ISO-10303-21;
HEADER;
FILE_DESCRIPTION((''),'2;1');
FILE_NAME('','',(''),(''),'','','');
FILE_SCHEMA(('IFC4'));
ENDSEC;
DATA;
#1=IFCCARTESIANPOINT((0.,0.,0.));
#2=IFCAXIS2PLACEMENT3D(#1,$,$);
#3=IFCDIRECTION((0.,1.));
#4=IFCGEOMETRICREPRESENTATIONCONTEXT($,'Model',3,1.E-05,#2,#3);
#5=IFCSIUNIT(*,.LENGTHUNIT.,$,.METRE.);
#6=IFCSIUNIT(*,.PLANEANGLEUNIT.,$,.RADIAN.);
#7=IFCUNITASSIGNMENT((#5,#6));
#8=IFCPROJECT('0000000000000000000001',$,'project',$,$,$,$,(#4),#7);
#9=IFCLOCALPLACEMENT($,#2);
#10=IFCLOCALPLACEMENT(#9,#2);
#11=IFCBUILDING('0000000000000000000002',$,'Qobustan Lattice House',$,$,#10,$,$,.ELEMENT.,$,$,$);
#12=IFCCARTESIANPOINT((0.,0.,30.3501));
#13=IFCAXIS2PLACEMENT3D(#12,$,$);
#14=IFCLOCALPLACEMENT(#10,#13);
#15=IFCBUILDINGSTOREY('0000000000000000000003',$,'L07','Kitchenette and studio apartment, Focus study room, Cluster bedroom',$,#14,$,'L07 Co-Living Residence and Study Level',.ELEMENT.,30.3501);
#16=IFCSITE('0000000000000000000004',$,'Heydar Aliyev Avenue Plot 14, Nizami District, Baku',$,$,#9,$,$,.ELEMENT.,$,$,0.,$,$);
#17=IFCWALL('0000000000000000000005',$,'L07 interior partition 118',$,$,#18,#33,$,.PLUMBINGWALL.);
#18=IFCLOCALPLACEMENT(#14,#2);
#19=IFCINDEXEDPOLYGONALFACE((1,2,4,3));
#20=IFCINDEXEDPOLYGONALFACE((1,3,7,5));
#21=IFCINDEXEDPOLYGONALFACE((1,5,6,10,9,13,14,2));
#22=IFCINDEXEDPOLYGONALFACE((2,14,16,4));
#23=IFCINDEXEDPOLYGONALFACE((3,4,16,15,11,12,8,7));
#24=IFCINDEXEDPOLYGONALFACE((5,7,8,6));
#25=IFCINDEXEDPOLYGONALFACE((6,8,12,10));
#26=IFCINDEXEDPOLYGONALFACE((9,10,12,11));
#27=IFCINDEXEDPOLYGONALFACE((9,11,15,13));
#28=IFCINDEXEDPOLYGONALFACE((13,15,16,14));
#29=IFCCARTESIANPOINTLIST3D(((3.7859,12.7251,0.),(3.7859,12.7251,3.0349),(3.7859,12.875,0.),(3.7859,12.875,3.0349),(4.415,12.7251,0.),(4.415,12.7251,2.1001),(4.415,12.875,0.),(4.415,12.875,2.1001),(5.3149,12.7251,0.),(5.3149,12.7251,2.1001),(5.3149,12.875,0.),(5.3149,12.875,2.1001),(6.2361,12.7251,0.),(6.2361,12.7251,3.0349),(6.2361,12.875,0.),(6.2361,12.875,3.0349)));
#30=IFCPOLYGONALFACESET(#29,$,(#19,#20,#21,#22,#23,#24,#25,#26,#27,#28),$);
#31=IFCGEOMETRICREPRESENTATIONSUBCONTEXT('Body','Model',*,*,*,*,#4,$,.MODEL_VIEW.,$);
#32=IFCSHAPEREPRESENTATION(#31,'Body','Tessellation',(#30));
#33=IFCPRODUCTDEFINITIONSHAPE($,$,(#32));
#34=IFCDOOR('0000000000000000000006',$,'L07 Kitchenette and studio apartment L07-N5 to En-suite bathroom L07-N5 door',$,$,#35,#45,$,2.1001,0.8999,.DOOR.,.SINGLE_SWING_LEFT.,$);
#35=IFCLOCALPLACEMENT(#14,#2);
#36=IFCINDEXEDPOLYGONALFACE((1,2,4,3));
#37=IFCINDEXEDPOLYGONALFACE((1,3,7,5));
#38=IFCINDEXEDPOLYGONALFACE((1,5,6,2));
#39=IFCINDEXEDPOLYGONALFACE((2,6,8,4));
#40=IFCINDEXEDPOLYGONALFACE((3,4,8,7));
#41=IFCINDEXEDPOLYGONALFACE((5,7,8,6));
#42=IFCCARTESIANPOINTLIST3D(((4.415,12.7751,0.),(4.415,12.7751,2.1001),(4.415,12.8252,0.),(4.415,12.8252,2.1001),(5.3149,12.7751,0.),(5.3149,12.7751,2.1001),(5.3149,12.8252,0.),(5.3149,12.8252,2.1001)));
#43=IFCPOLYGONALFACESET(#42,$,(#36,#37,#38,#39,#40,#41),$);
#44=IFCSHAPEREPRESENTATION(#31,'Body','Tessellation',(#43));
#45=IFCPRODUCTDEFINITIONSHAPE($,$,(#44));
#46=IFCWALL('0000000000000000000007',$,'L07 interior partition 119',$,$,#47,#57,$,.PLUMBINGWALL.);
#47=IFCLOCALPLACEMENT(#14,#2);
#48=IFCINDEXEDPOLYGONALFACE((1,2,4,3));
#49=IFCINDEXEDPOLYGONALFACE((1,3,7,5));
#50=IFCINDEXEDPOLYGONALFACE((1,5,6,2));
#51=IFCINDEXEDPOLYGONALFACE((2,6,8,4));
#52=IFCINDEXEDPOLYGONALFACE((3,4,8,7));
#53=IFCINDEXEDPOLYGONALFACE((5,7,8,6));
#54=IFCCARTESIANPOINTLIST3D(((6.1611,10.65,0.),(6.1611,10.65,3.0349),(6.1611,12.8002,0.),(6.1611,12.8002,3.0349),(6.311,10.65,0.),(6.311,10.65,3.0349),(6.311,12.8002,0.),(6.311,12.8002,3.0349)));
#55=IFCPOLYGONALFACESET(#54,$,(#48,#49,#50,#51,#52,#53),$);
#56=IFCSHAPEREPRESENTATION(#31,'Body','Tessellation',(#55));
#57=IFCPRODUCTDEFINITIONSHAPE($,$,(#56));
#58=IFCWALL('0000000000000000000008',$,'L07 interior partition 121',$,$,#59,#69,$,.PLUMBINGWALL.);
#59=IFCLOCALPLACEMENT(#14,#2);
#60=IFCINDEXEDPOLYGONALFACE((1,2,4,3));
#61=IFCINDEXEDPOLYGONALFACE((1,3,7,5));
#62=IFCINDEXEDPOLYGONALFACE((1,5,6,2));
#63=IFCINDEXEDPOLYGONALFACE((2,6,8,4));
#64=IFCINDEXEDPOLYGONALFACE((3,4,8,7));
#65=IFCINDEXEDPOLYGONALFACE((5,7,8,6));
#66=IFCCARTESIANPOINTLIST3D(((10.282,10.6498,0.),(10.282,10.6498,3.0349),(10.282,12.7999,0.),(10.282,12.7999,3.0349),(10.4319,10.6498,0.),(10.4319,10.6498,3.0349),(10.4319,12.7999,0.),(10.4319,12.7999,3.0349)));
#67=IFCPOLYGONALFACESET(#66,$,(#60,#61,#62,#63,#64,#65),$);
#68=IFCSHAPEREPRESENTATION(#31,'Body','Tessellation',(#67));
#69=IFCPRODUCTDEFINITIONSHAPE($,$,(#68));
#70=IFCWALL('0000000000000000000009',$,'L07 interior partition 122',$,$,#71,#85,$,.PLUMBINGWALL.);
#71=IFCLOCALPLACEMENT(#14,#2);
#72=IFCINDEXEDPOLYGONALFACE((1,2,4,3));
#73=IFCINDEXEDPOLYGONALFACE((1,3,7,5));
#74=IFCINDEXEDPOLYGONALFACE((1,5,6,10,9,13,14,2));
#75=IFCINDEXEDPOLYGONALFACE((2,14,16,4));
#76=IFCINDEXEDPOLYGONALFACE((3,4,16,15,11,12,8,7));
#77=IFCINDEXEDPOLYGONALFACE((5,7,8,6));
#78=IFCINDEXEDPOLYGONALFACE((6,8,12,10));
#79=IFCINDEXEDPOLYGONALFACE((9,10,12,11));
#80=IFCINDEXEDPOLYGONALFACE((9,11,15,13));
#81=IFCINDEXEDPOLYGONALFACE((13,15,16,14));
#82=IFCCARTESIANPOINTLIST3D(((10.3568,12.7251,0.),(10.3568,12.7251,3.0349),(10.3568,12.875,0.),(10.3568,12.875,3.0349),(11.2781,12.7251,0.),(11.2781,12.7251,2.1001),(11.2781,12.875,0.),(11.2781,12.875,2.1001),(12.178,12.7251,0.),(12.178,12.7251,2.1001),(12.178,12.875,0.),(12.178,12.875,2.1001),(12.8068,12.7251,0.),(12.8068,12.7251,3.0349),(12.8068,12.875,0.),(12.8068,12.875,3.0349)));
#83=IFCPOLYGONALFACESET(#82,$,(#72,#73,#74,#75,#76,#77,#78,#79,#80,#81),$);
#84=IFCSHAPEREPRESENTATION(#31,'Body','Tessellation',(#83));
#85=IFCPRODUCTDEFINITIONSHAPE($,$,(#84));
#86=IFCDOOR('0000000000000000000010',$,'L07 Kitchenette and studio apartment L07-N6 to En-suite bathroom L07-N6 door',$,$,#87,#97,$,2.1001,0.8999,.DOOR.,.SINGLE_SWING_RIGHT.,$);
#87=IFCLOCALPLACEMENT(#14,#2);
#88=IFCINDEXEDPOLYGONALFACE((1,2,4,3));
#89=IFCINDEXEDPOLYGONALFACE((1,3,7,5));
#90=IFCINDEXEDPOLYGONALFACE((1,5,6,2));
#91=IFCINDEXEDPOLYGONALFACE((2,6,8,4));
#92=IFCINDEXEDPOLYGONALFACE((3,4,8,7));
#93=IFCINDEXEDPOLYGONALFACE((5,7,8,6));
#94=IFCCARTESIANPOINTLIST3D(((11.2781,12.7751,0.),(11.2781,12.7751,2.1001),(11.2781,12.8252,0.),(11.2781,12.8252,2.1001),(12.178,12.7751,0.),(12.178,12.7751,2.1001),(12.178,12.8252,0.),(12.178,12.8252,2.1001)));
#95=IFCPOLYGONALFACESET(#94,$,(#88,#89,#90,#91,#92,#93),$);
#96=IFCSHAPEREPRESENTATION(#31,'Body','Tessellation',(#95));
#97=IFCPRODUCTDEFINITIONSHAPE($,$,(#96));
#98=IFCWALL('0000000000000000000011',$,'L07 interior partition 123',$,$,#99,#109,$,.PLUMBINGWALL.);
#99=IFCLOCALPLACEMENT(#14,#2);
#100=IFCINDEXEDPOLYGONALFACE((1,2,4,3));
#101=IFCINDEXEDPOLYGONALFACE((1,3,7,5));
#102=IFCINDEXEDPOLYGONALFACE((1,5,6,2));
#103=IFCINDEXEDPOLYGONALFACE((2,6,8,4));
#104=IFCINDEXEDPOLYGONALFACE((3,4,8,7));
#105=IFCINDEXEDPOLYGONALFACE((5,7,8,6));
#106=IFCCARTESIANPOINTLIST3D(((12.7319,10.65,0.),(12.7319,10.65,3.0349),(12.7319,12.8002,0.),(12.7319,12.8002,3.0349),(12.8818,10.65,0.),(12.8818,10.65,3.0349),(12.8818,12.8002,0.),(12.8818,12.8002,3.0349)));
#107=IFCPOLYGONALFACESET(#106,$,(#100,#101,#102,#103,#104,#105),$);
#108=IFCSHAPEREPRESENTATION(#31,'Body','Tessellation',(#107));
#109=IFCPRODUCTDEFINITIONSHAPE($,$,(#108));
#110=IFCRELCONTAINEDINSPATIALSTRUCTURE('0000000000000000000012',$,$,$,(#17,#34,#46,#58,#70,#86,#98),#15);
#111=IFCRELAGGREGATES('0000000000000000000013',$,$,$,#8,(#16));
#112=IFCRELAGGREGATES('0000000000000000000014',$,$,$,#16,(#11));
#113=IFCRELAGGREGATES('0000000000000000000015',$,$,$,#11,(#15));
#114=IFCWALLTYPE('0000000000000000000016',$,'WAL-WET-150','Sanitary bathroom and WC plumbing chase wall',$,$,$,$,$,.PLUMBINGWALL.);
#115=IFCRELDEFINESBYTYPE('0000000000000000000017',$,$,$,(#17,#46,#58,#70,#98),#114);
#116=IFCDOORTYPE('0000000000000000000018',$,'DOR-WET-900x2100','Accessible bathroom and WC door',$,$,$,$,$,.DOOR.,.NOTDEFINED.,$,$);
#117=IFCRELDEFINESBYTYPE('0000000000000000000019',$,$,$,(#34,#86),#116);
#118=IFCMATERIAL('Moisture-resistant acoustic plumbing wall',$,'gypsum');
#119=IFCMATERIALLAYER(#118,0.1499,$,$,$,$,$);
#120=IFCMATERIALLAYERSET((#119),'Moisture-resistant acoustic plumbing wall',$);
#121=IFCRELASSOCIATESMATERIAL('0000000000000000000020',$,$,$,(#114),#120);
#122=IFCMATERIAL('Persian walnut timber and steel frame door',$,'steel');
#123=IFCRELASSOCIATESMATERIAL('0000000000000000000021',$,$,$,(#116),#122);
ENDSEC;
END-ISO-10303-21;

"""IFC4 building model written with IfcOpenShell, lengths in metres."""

from ifc_helpers import new_model, si_unit, direction, frame, frame_2d, origin, place, context, subcontext, project, spatial, rectangle, extrude, material, layer, layer_set, type_object, element, fill, save


model = new_model("IFC4")

# Units and contexts
model_context = context("Model", 3, precision=1e-05, world=origin(), true_north=direction((0.0, 1.0)))
body_context = subcontext(model_context, "Body", "Model", "MODEL_VIEW")
ifc_project = project(units=[si_unit("LENGTHUNIT", "METRE"), si_unit("PLANEANGLEUNIT", "RADIAN")], contexts=[model_context])

# Site, building, storey
site_placement = place(None, origin())
site = spatial("IfcSite", under=ifc_project, at=site_placement, Name="Heydar Aliyev Avenue Plot 14, Nizami District, Baku", CompositionType="ELEMENT", RefElevation=0.0)
building_placement = place(site_placement, origin())
building = spatial("IfcBuilding", under=site, at=building_placement, Name="Qobustan Lattice House", CompositionType="ELEMENT")
storey_placement = place(building_placement, frame((0.0, 0.0, 30.3501)))
storey = spatial("IfcBuildingStorey", under=building, at=storey_placement, Name="L07", Description="Kitchenette and studio apartment, Focus study room, Cluster bedroom", LongName="L07 Co-Living Residence and Study Level", CompositionType="ELEMENT", Elevation=30.3501)

# Shared definitions
ifc_material_1 = material(Name="Moisture-resistant acoustic plumbing wall", Category="gypsum")
ifc_layer_1 = layer(ifc_material_1, 0.1499)
ifc_layer_set_1 = layer_set([ifc_layer_1], Name="Moisture-resistant acoustic plumbing wall")
wall_type_1 = type_object("IfcWallType", Name="WAL-WET-150", Description="Sanitary bathroom and WC plumbing chase wall", PredefinedType="PLUMBINGWALL", material=ifc_layer_set_1)

# Wall, opening, door
wall_1_placement = place(storey_placement, frame((6.2361, 12.8, 0.0), z_axis=(0.0, 0.0, 1.0), x_axis=(-1.0, 0.0, 0.0)))
wall_1 = element("IfcWall", 1, at=wall_1_placement, inside=storey, type_object=wall_type_1, Name="L07 interior partition 118", PredefinedType="PLUMBINGWALL", context=body_context, shape_type="SweptSolid", body=[
    extrude(rectangle(XDim=2.4502, YDim=0.1499, at=frame_2d((1.2251, 0.0))), origin(), (0.0, 0.0, 1.0), 3.0349),
])
opening_1_placement = place(wall_1_placement, frame((0.9211, 0.0, 0.0)))
opening_1 = element("IfcOpeningElement", 2, at=opening_1_placement, cuts=wall_1, PredefinedType="OPENING", context=body_context, shape_type="SweptSolid", body=[
    extrude(rectangle(XDim=0.8999, YDim=2.1001, at=frame_2d((0.45, 1.05))), frame((0.0, 0.085, 0.0), z_axis=(0.0, -1.0, 0.0), x_axis=(1.0, 0.0, 0.0)), (0.0, 0.0, 1.0), 0.1699),
])
ifc_material_2 = material(Name="Persian walnut timber and steel frame door", Category="steel")
door_type_1 = type_object("IfcDoorType", Name="DOR-WET-900x2100", Description="Accessible bathroom and WC door", OperationType="NOTDEFINED", PredefinedType="DOOR", material=ifc_material_2)
door_1_placement = place(opening_1_placement, origin())
door_1 = element("IfcDoor", 3, at=door_1_placement, inside=storey, type_object=door_type_1, Name="L07 Kitchenette and studio apartment L07-N5 to En-suite bathroom L07-N5 door", OperationType="SINGLE_SWING_LEFT", OverallHeight=2.1001, OverallWidth=0.8999, PredefinedType="DOOR", context=body_context, shape_type="SweptSolid", body=[
    extrude(rectangle(XDim=0.8999, YDim=2.1001, at=frame_2d((0.45, 1.05))), frame((0.0, 0.0249, 0.0), z_axis=(0.0, -1.0, 0.0), x_axis=(1.0, 0.0, 0.0)), (0.0, 0.0, 1.0), 0.05),
])
fill(opening_1, door_1)

# Walls
for number, where, z_axis, x_axis, name in (
    (4, (6.2361, 10.6499, 0.0), (0.0, 0.0, 1.0), (0.0, 1.0, 0.0), "L07 interior partition 119"),
    (5, (10.3569, 12.8, 0.0), (0.0, 0.0, 1.0), (0.0, -1.0, 0.0), "L07 interior partition 121"),
):
    element("IfcWall", number, at=place(storey_placement, frame(where, z_axis=z_axis, x_axis=x_axis)), inside=storey, type_object=wall_type_1, Name=name, PredefinedType="PLUMBINGWALL", context=body_context, shape_type="SweptSolid", body=[
        extrude(rectangle(XDim=2.1501, YDim=0.1499, at=frame_2d((1.0752, 0.0))), origin(), (0.0, 0.0, 1.0), 3.0349),
    ])

# Wall, opening, door
wall_2_placement = place(storey_placement, frame((12.8069, 12.8, 0.0), z_axis=(0.0, 0.0, 1.0), x_axis=(-1.0, 0.0, 0.0)))
wall_2 = element("IfcWall", 6, at=wall_2_placement, inside=storey, type_object=wall_type_1, Name="L07 interior partition 122", PredefinedType="PLUMBINGWALL", context=body_context, shape_type="SweptSolid", body=[
    extrude(rectangle(XDim=2.45, YDim=0.1499, at=frame_2d((1.2251, 0.0))), origin(), (0.0, 0.0, 1.0), 3.0349),
])
opening_2_placement = place(wall_2_placement, frame((0.6289, 0.0, 0.0)))
opening_2 = element("IfcOpeningElement", 7, at=opening_2_placement, cuts=wall_2, PredefinedType="OPENING", context=body_context, shape_type="SweptSolid", body=[
    extrude(rectangle(XDim=0.8999, YDim=2.1001, at=frame_2d((0.45, 1.05))), frame((0.0, 0.085, 0.0), z_axis=(0.0, -1.0, 0.0), x_axis=(1.0, 0.0, 0.0)), (0.0, 0.0, 1.0), 0.1699),
])
door_2_placement = place(opening_2_placement, origin())
door_2 = element("IfcDoor", 8, at=door_2_placement, inside=storey, type_object=door_type_1, Name="L07 Kitchenette and studio apartment L07-N6 to En-suite bathroom L07-N6 door", OperationType="SINGLE_SWING_RIGHT", OverallHeight=2.1001, OverallWidth=0.8999, PredefinedType="DOOR", context=body_context, shape_type="SweptSolid", body=[
    extrude(rectangle(XDim=0.8999, YDim=2.1001, at=frame_2d((0.45, 1.05))), frame((0.0, 0.0249, 0.0), z_axis=(0.0, -1.0, 0.0), x_axis=(1.0, 0.0, 0.0)), (0.0, 0.0, 1.0), 0.05),
])
fill(opening_2, door_2)

# Wall
wall_3_placement = place(storey_placement, frame((12.8069, 10.6499, 0.0), z_axis=(0.0, 0.0, 1.0), x_axis=(0.0, 1.0, 0.0)))
element("IfcWall", 9, at=wall_3_placement, inside=storey, type_object=wall_type_1, Name="L07 interior partition 123", PredefinedType="PLUMBINGWALL", context=body_context, shape_type="SweptSolid", body=[
    extrude(rectangle(XDim=2.1501, YDim=0.1499, at=frame_2d((1.0752, 0.0))), origin(), (0.0, 0.0, 1.0), 3.0349),
])

save(model, "model.ifc")
